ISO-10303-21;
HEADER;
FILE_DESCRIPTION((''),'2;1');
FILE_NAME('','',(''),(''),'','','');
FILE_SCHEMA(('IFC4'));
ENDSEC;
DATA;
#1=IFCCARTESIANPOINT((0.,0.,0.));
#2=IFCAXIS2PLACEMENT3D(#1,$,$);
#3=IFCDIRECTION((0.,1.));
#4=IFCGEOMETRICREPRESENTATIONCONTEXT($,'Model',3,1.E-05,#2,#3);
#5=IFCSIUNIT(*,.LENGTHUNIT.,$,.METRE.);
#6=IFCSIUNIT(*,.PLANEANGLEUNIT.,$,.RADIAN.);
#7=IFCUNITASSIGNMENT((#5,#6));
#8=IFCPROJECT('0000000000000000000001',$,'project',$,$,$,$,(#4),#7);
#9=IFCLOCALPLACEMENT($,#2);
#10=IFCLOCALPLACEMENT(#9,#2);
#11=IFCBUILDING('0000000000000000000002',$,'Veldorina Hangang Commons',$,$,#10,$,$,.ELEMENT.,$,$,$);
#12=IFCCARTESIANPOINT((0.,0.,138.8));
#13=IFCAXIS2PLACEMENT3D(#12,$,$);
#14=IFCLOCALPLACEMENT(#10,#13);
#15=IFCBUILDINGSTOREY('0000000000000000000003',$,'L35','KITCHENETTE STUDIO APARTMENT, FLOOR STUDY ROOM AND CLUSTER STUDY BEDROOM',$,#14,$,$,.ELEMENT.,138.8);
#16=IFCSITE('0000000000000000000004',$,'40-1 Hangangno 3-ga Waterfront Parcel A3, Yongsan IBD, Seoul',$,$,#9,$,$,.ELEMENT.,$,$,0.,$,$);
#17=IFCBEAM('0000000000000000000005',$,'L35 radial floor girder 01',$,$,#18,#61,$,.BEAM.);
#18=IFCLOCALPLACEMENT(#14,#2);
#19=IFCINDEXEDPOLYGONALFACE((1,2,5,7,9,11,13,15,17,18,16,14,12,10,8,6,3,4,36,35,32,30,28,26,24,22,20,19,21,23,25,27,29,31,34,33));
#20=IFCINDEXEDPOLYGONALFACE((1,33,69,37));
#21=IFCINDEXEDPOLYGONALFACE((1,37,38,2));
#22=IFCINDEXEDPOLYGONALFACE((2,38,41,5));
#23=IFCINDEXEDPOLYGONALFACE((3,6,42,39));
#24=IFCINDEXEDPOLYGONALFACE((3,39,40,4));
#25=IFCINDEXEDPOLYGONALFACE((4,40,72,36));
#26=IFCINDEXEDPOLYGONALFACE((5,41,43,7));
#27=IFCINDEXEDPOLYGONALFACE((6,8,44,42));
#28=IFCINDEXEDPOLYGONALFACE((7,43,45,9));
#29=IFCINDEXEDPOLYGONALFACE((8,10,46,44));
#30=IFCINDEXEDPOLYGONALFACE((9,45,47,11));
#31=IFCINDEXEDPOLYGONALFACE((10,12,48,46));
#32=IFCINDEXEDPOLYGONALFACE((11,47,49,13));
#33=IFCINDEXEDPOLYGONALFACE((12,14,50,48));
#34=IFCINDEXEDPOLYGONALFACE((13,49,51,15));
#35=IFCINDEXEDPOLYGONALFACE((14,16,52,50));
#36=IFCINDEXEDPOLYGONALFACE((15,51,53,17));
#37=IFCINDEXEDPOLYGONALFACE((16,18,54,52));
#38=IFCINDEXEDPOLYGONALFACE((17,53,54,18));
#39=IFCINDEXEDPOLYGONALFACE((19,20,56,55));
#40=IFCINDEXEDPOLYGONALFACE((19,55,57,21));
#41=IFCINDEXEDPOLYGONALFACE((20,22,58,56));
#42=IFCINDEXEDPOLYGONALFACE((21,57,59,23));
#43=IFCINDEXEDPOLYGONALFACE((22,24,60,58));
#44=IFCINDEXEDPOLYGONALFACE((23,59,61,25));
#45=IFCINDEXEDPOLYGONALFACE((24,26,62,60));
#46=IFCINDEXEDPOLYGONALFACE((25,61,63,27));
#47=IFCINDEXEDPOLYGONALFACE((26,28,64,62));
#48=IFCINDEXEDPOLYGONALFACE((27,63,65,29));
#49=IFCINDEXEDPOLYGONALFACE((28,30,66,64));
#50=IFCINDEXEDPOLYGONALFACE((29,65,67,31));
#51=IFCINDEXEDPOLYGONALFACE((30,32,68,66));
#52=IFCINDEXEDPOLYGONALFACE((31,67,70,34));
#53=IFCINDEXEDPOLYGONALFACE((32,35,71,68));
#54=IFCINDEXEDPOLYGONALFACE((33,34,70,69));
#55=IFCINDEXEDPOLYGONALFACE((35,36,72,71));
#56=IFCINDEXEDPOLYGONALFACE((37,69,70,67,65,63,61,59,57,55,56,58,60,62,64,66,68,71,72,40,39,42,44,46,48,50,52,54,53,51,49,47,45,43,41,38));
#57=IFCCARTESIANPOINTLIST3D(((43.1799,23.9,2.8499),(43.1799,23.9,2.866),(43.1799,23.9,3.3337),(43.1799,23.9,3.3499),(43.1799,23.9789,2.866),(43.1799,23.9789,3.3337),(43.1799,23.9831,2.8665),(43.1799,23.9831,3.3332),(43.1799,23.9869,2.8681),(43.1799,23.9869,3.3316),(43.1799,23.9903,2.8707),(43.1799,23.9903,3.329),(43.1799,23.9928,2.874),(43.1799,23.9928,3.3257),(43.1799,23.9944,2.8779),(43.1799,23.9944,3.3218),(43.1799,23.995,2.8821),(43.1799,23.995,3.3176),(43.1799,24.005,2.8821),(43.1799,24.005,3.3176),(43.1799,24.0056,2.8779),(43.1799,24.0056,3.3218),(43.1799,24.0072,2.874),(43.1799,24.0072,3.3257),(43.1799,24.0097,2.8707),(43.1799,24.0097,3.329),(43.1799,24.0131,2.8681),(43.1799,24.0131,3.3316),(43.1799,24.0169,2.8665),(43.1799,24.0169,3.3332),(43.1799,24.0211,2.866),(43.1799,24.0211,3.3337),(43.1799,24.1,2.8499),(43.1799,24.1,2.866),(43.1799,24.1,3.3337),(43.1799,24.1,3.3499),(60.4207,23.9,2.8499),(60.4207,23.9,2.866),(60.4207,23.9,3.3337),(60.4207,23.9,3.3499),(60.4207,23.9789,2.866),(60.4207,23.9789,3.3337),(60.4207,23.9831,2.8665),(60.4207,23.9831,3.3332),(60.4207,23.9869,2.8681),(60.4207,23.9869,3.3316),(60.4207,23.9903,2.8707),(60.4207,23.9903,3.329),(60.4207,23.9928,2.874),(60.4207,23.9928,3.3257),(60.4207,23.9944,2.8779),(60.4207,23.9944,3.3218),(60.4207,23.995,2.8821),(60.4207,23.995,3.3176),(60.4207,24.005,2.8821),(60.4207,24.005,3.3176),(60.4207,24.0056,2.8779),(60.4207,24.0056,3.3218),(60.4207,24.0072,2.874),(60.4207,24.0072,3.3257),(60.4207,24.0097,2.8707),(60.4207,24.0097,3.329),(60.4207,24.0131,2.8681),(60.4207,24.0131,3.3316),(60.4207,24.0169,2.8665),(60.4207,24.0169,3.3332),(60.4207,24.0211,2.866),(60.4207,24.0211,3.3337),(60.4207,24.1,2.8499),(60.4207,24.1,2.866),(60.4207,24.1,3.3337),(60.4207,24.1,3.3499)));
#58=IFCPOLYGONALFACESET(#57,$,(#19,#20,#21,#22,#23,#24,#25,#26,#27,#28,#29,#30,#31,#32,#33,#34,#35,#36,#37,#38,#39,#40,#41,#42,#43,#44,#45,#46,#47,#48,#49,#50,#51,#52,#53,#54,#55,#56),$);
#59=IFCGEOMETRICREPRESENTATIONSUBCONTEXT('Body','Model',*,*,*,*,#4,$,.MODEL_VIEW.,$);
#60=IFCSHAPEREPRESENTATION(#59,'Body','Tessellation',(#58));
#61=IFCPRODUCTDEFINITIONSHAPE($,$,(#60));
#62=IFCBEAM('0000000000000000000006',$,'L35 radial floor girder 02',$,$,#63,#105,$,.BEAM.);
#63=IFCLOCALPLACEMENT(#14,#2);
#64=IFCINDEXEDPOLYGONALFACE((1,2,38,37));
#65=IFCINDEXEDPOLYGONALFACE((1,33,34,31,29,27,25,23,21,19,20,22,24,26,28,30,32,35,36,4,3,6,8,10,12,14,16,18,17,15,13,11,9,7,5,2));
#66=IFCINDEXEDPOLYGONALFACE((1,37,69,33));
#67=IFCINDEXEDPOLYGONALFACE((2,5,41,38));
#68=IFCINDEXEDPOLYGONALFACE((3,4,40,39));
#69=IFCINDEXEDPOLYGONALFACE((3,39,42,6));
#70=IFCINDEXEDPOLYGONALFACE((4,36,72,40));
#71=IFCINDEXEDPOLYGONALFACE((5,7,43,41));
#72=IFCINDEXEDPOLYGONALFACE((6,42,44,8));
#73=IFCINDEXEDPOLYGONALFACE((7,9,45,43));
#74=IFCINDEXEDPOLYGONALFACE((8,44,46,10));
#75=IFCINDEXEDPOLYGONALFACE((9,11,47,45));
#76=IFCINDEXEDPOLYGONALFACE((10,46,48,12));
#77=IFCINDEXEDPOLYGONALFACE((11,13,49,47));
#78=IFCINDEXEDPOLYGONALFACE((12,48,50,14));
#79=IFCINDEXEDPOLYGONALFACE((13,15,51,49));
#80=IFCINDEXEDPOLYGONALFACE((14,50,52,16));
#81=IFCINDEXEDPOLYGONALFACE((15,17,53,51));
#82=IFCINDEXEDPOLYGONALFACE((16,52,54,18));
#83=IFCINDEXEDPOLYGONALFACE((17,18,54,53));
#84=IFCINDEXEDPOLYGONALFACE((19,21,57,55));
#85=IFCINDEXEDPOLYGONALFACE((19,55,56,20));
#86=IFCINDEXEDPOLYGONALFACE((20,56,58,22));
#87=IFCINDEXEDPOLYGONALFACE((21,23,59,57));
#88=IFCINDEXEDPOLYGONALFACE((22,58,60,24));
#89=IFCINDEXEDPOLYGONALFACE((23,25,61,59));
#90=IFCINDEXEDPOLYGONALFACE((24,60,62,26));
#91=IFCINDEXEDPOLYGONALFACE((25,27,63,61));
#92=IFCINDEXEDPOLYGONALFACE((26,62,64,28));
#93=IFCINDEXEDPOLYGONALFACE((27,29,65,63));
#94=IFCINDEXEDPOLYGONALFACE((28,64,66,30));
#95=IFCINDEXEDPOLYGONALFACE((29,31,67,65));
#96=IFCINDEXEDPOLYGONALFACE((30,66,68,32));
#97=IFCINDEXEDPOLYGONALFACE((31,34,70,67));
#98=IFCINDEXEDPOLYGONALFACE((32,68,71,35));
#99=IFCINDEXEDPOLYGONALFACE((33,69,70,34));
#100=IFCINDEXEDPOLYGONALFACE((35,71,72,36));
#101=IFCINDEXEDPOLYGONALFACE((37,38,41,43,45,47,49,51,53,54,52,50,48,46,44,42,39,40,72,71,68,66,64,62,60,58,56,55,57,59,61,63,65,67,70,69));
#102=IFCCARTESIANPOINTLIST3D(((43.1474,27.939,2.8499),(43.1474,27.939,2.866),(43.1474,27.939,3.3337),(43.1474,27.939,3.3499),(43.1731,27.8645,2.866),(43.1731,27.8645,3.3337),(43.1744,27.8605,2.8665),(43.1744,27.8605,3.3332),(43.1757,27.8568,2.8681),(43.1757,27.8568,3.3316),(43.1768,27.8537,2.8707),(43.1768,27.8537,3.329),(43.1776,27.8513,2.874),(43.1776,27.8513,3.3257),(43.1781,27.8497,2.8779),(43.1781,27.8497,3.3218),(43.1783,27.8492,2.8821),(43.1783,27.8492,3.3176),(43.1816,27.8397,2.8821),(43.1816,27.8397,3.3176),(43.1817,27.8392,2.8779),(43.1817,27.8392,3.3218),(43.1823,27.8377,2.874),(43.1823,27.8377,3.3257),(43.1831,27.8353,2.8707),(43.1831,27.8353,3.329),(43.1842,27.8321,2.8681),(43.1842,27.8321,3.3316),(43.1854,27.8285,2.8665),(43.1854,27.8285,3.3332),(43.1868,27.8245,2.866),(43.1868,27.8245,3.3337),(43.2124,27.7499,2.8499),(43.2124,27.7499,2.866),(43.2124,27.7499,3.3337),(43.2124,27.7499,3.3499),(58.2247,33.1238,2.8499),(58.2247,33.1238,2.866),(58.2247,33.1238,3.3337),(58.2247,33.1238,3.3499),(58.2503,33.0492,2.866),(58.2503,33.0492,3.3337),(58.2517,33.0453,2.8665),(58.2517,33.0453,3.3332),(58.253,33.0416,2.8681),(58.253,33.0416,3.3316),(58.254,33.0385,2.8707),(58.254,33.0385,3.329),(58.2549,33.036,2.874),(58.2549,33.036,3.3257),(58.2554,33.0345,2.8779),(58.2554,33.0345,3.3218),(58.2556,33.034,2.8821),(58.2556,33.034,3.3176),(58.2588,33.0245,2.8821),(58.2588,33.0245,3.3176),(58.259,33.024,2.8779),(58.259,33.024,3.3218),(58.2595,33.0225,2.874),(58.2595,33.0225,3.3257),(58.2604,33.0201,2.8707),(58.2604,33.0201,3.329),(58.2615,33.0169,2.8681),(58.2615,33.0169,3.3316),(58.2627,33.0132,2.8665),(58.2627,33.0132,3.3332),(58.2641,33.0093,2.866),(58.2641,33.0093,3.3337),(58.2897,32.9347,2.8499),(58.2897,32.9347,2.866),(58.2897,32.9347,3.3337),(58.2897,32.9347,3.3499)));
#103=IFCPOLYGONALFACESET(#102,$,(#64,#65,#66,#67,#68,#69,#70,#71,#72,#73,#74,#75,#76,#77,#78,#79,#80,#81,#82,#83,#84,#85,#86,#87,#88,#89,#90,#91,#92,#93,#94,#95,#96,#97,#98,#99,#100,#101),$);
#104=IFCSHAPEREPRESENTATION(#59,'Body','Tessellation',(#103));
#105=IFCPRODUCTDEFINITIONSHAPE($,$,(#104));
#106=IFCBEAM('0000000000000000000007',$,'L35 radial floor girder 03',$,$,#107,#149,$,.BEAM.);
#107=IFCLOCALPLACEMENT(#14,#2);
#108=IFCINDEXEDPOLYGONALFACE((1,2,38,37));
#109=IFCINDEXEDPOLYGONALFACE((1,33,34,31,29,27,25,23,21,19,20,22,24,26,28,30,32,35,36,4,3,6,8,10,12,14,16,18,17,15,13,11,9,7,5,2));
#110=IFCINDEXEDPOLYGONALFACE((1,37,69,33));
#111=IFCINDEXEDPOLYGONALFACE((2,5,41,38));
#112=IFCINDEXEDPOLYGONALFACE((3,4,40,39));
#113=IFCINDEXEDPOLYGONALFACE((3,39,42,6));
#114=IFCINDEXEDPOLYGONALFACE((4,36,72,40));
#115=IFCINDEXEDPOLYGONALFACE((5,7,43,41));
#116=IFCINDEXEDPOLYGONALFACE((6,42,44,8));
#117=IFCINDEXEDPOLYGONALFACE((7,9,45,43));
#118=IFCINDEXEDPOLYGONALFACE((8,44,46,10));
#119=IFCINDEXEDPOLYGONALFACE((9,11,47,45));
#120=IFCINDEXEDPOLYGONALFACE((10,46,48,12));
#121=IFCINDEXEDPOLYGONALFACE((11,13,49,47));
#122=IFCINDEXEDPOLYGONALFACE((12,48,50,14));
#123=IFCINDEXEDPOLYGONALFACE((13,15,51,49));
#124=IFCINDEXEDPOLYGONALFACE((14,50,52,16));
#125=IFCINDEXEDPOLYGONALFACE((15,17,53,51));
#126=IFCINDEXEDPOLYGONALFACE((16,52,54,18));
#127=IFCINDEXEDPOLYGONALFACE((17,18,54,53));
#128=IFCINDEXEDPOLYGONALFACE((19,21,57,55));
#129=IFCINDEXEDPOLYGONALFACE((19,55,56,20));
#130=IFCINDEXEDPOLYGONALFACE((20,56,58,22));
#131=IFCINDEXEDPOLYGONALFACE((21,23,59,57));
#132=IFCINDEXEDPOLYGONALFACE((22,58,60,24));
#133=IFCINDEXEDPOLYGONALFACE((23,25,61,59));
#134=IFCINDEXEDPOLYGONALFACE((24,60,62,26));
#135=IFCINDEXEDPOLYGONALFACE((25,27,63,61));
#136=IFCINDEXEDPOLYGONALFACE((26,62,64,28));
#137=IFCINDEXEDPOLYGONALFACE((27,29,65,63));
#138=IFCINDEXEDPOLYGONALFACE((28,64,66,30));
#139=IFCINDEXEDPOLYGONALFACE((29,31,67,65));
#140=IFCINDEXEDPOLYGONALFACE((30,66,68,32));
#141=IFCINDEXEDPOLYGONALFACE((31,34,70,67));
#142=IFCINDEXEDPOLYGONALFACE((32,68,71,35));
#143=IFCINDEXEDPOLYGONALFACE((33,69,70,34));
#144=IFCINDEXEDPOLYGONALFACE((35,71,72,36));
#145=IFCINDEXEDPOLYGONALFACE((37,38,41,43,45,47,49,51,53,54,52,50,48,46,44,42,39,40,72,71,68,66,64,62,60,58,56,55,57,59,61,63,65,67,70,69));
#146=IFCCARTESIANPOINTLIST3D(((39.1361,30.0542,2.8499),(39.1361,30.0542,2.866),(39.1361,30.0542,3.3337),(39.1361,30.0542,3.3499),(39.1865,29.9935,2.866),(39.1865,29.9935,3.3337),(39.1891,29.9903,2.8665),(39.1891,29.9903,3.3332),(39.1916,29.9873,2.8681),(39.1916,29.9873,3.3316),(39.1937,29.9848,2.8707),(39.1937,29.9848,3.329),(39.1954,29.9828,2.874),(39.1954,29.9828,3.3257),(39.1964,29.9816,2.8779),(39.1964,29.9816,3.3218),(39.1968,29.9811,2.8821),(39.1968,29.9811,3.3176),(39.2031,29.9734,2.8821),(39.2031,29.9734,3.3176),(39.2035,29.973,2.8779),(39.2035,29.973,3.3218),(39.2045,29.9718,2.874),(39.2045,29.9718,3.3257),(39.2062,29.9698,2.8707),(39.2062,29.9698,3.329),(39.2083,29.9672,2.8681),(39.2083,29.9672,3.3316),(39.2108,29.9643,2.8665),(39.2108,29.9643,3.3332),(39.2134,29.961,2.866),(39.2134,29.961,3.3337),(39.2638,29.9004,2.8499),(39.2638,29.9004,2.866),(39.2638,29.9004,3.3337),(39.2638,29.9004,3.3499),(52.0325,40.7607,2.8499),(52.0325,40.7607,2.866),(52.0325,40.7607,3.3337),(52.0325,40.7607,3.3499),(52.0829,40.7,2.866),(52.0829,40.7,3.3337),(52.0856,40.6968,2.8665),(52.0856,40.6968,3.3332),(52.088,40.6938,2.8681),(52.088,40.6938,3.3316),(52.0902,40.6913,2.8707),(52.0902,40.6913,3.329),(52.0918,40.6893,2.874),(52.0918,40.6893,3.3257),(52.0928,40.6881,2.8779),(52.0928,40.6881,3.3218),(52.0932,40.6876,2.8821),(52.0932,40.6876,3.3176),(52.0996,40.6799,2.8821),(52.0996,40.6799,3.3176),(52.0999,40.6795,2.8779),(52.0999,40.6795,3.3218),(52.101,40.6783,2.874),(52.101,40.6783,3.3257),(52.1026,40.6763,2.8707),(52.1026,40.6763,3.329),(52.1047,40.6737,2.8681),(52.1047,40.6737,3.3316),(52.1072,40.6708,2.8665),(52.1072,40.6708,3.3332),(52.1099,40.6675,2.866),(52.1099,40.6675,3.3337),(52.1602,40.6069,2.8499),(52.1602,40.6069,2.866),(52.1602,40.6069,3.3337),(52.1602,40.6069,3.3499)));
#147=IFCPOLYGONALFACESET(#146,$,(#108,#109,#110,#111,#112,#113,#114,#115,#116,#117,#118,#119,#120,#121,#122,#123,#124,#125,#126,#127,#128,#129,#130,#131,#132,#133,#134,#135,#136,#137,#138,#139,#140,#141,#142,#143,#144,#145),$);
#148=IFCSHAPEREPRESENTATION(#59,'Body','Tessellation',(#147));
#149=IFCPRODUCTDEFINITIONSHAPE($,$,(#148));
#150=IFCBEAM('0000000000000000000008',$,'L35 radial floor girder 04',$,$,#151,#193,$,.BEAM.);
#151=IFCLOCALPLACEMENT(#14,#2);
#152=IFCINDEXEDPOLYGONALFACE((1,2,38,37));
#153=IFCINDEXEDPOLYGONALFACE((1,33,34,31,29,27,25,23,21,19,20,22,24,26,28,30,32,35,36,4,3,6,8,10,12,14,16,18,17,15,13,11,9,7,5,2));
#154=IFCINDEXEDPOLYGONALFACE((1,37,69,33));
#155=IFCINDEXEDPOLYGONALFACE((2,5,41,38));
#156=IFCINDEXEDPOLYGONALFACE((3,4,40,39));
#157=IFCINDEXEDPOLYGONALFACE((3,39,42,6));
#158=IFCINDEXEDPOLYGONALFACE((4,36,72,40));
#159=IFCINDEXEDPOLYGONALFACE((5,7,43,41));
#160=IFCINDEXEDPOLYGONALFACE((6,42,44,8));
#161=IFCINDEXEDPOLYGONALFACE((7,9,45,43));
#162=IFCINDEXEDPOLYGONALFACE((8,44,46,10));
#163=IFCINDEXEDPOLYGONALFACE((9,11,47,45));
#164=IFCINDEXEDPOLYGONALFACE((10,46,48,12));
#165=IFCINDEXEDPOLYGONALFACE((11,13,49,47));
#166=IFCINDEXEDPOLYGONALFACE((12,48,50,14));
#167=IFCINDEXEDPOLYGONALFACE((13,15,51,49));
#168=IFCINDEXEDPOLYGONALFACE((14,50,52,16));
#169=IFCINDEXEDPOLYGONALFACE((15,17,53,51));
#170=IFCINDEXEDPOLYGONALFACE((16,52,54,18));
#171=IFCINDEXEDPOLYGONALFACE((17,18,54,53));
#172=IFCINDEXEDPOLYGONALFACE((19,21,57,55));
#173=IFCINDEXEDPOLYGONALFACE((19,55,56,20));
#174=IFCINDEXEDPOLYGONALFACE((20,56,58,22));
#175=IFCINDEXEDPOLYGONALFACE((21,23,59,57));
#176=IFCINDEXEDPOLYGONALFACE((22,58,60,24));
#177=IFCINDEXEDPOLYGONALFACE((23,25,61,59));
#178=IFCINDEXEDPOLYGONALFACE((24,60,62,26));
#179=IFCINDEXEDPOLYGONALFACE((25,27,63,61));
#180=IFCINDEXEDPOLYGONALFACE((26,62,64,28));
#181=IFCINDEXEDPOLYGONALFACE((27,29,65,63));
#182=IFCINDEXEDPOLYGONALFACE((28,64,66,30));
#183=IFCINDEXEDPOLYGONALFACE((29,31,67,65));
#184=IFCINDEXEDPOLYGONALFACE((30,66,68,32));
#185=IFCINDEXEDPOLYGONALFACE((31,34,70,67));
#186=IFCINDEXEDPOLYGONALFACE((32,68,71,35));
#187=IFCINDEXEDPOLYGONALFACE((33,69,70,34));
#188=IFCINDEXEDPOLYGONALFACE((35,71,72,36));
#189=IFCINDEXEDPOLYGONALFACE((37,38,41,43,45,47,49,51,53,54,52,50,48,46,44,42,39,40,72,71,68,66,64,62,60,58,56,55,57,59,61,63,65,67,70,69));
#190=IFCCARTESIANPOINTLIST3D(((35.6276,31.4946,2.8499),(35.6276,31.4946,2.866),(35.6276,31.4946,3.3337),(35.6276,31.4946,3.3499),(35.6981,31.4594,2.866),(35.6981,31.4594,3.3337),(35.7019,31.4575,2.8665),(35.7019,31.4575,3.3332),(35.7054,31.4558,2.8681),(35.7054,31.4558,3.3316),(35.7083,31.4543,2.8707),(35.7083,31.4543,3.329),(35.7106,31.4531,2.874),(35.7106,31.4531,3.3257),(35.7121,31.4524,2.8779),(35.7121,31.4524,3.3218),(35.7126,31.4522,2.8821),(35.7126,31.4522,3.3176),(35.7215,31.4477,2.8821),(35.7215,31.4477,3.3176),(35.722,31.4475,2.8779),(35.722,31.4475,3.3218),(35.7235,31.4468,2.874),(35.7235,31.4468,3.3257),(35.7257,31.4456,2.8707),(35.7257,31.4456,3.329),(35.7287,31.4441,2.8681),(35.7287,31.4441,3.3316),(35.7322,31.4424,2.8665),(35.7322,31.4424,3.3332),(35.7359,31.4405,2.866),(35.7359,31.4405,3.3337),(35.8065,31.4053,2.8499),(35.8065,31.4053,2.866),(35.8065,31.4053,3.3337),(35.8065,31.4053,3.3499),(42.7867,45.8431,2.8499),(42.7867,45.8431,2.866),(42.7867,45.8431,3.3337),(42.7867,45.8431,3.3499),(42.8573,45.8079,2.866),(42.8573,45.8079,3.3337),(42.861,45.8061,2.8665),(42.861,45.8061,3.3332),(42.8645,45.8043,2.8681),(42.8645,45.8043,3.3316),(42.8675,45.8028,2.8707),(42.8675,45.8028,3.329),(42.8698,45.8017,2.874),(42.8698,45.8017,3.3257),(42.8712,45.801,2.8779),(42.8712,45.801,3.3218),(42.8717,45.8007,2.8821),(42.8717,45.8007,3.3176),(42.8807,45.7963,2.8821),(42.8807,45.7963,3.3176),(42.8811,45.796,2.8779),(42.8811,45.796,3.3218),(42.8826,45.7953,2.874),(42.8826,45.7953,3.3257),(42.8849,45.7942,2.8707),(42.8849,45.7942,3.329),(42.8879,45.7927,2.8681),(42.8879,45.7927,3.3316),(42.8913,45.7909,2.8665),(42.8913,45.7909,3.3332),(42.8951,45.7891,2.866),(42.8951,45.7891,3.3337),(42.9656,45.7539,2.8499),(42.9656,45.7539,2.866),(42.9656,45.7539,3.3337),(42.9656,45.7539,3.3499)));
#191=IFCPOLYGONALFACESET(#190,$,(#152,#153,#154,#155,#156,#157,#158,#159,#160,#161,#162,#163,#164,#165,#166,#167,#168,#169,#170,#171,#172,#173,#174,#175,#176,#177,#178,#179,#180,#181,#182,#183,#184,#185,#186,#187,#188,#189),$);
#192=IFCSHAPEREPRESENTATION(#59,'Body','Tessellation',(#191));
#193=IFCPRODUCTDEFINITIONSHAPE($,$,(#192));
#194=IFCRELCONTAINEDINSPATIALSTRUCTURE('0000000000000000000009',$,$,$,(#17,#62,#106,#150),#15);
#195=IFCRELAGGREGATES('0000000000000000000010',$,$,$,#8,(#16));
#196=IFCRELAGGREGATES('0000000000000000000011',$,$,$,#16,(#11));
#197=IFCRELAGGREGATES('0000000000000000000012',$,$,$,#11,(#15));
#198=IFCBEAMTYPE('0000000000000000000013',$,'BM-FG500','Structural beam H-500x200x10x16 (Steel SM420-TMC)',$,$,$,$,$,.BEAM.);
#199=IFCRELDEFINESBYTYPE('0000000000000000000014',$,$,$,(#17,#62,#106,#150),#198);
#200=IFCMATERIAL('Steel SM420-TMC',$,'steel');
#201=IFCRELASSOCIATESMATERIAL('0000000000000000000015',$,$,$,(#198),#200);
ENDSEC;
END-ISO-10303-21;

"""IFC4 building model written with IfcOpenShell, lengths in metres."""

from ifc_helpers import new_model, si_unit, direction, frame, origin, origin_2d, place, context, subcontext, project, spatial, i_section, extrude, material, material_profile, profile_set, type_object, element, save


model = new_model("IFC4")

# Units and contexts
model_context = context("Model", 3, precision=1e-05, world=origin(), true_north=direction((0.0, 1.0)))
body_context = subcontext(model_context, "Body", "Model", "MODEL_VIEW")
ifc_project = project(units=[si_unit("LENGTHUNIT", "METRE"), si_unit("PLANEANGLEUNIT", "RADIAN")], contexts=[model_context])

# Site, building, storey
site_placement = place(None, origin())
site = spatial("IfcSite", under=ifc_project, at=site_placement, Name="40-1 Hangangno 3-ga Waterfront Parcel A3, Yongsan IBD, Seoul", CompositionType="ELEMENT", RefElevation=0.0)
building_placement = place(site_placement, origin())
building = spatial("IfcBuilding", under=site, at=building_placement, Name="Veldorina Hangang Commons", CompositionType="ELEMENT")
storey_placement = place(building_placement, frame((0.0, 0.0, 138.8)))
storey = spatial("IfcBuildingStorey", under=building, at=storey_placement, Name="L35", Description="KITCHENETTE STUDIO APARTMENT, FLOOR STUDY ROOM AND CLUSTER STUDY BEDROOM", CompositionType="ELEMENT", Elevation=138.8)

# Beams
ifc_material_1 = material(Name="Steel SM420-TMC", Category="steel")
ifc_material_profile = material_profile(ifc_material_1, i_section(OverallWidth=0.2, OverallDepth=0.5, WebThickness=0.01, FlangeThickness=0.0161, FilletRadius=0.0161, at=origin_2d()), Name="H-500x200x10x16")
ifc_profile_set = profile_set([ifc_material_profile], Name="Steel SM420-TMC")
beam_type = type_object("IfcBeamType", Name="BM-FG500", Description="Structural beam H-500x200x10x16 (Steel SM420-TMC)", PredefinedType="BEAM", material=ifc_profile_set)
beam_1_placement = place(storey_placement, frame((43.1799, 24.0, 3.0999), z_axis=(1.0, 0.0, 0.0), x_axis=(0.0, 1.0, 0.0)))
element("IfcBeam", 1, at=beam_1_placement, inside=storey, type_object=beam_type, Name="L35 radial floor girder 01", PredefinedType="BEAM", context=body_context, shape_type="SweptSolid", body=[
    extrude(i_section(OverallWidth=0.2, OverallDepth=0.5, WebThickness=0.01, FlangeThickness=0.0161, FilletRadius=0.0161, at=origin_2d()), origin(), (0.0, 0.0, 1.0), 17.2407),
])
beam_2_placement = place(storey_placement, frame((43.1799, 27.8445, 3.0999), z_axis=(0.945649, 0.32519, 0.0), x_axis=(-0.32519, 0.945649, 0.0)))
element("IfcBeam", 2, at=beam_2_placement, inside=storey, type_object=beam_type, Name="L35 radial floor girder 02", PredefinedType="BEAM", context=body_context, shape_type="SweptSolid", body=[
    extrude(i_section(OverallWidth=0.2, OverallDepth=0.5, WebThickness=0.01, FlangeThickness=0.0161, FilletRadius=0.0161, at=origin_2d()), origin(), (0.0, 0.0, 1.0), 15.9438),
])
beam_3_placement = place(storey_placement, frame((39.2, 29.9773, 3.0999), z_axis=(0.769409, 0.638756, 0.0), x_axis=(-0.638756, 0.769409, 0.0)))
element("IfcBeam", 3, at=beam_3_placement, inside=storey, type_object=beam_type, Name="L35 radial floor girder 03", PredefinedType="BEAM", context=body_context, shape_type="SweptSolid", body=[
    extrude(i_section(OverallWidth=0.2, OverallDepth=0.5, WebThickness=0.01, FlangeThickness=0.0161, FilletRadius=0.0161, at=origin_2d()), origin(), (0.0, 0.0, 1.0), 16.7615),
])
beam_4_placement = place(storey_placement, frame((35.717, 31.45, 3.0999), z_axis=(0.446458, 0.894804, 0.0), x_axis=(-0.894804, 0.446458, 0.0)))
element("IfcBeam", 4, at=beam_4_placement, inside=storey, type_object=beam_type, Name="L35 radial floor girder 04", PredefinedType="BEAM", context=body_context, shape_type="SweptSolid", body=[
    extrude(i_section(OverallWidth=0.2, OverallDepth=0.5, WebThickness=0.01, FlangeThickness=0.0161, FilletRadius=0.0161, at=origin_2d()), origin(), (0.0, 0.0, 1.0), 16.0354),
])

save(model, "model.ifc")
